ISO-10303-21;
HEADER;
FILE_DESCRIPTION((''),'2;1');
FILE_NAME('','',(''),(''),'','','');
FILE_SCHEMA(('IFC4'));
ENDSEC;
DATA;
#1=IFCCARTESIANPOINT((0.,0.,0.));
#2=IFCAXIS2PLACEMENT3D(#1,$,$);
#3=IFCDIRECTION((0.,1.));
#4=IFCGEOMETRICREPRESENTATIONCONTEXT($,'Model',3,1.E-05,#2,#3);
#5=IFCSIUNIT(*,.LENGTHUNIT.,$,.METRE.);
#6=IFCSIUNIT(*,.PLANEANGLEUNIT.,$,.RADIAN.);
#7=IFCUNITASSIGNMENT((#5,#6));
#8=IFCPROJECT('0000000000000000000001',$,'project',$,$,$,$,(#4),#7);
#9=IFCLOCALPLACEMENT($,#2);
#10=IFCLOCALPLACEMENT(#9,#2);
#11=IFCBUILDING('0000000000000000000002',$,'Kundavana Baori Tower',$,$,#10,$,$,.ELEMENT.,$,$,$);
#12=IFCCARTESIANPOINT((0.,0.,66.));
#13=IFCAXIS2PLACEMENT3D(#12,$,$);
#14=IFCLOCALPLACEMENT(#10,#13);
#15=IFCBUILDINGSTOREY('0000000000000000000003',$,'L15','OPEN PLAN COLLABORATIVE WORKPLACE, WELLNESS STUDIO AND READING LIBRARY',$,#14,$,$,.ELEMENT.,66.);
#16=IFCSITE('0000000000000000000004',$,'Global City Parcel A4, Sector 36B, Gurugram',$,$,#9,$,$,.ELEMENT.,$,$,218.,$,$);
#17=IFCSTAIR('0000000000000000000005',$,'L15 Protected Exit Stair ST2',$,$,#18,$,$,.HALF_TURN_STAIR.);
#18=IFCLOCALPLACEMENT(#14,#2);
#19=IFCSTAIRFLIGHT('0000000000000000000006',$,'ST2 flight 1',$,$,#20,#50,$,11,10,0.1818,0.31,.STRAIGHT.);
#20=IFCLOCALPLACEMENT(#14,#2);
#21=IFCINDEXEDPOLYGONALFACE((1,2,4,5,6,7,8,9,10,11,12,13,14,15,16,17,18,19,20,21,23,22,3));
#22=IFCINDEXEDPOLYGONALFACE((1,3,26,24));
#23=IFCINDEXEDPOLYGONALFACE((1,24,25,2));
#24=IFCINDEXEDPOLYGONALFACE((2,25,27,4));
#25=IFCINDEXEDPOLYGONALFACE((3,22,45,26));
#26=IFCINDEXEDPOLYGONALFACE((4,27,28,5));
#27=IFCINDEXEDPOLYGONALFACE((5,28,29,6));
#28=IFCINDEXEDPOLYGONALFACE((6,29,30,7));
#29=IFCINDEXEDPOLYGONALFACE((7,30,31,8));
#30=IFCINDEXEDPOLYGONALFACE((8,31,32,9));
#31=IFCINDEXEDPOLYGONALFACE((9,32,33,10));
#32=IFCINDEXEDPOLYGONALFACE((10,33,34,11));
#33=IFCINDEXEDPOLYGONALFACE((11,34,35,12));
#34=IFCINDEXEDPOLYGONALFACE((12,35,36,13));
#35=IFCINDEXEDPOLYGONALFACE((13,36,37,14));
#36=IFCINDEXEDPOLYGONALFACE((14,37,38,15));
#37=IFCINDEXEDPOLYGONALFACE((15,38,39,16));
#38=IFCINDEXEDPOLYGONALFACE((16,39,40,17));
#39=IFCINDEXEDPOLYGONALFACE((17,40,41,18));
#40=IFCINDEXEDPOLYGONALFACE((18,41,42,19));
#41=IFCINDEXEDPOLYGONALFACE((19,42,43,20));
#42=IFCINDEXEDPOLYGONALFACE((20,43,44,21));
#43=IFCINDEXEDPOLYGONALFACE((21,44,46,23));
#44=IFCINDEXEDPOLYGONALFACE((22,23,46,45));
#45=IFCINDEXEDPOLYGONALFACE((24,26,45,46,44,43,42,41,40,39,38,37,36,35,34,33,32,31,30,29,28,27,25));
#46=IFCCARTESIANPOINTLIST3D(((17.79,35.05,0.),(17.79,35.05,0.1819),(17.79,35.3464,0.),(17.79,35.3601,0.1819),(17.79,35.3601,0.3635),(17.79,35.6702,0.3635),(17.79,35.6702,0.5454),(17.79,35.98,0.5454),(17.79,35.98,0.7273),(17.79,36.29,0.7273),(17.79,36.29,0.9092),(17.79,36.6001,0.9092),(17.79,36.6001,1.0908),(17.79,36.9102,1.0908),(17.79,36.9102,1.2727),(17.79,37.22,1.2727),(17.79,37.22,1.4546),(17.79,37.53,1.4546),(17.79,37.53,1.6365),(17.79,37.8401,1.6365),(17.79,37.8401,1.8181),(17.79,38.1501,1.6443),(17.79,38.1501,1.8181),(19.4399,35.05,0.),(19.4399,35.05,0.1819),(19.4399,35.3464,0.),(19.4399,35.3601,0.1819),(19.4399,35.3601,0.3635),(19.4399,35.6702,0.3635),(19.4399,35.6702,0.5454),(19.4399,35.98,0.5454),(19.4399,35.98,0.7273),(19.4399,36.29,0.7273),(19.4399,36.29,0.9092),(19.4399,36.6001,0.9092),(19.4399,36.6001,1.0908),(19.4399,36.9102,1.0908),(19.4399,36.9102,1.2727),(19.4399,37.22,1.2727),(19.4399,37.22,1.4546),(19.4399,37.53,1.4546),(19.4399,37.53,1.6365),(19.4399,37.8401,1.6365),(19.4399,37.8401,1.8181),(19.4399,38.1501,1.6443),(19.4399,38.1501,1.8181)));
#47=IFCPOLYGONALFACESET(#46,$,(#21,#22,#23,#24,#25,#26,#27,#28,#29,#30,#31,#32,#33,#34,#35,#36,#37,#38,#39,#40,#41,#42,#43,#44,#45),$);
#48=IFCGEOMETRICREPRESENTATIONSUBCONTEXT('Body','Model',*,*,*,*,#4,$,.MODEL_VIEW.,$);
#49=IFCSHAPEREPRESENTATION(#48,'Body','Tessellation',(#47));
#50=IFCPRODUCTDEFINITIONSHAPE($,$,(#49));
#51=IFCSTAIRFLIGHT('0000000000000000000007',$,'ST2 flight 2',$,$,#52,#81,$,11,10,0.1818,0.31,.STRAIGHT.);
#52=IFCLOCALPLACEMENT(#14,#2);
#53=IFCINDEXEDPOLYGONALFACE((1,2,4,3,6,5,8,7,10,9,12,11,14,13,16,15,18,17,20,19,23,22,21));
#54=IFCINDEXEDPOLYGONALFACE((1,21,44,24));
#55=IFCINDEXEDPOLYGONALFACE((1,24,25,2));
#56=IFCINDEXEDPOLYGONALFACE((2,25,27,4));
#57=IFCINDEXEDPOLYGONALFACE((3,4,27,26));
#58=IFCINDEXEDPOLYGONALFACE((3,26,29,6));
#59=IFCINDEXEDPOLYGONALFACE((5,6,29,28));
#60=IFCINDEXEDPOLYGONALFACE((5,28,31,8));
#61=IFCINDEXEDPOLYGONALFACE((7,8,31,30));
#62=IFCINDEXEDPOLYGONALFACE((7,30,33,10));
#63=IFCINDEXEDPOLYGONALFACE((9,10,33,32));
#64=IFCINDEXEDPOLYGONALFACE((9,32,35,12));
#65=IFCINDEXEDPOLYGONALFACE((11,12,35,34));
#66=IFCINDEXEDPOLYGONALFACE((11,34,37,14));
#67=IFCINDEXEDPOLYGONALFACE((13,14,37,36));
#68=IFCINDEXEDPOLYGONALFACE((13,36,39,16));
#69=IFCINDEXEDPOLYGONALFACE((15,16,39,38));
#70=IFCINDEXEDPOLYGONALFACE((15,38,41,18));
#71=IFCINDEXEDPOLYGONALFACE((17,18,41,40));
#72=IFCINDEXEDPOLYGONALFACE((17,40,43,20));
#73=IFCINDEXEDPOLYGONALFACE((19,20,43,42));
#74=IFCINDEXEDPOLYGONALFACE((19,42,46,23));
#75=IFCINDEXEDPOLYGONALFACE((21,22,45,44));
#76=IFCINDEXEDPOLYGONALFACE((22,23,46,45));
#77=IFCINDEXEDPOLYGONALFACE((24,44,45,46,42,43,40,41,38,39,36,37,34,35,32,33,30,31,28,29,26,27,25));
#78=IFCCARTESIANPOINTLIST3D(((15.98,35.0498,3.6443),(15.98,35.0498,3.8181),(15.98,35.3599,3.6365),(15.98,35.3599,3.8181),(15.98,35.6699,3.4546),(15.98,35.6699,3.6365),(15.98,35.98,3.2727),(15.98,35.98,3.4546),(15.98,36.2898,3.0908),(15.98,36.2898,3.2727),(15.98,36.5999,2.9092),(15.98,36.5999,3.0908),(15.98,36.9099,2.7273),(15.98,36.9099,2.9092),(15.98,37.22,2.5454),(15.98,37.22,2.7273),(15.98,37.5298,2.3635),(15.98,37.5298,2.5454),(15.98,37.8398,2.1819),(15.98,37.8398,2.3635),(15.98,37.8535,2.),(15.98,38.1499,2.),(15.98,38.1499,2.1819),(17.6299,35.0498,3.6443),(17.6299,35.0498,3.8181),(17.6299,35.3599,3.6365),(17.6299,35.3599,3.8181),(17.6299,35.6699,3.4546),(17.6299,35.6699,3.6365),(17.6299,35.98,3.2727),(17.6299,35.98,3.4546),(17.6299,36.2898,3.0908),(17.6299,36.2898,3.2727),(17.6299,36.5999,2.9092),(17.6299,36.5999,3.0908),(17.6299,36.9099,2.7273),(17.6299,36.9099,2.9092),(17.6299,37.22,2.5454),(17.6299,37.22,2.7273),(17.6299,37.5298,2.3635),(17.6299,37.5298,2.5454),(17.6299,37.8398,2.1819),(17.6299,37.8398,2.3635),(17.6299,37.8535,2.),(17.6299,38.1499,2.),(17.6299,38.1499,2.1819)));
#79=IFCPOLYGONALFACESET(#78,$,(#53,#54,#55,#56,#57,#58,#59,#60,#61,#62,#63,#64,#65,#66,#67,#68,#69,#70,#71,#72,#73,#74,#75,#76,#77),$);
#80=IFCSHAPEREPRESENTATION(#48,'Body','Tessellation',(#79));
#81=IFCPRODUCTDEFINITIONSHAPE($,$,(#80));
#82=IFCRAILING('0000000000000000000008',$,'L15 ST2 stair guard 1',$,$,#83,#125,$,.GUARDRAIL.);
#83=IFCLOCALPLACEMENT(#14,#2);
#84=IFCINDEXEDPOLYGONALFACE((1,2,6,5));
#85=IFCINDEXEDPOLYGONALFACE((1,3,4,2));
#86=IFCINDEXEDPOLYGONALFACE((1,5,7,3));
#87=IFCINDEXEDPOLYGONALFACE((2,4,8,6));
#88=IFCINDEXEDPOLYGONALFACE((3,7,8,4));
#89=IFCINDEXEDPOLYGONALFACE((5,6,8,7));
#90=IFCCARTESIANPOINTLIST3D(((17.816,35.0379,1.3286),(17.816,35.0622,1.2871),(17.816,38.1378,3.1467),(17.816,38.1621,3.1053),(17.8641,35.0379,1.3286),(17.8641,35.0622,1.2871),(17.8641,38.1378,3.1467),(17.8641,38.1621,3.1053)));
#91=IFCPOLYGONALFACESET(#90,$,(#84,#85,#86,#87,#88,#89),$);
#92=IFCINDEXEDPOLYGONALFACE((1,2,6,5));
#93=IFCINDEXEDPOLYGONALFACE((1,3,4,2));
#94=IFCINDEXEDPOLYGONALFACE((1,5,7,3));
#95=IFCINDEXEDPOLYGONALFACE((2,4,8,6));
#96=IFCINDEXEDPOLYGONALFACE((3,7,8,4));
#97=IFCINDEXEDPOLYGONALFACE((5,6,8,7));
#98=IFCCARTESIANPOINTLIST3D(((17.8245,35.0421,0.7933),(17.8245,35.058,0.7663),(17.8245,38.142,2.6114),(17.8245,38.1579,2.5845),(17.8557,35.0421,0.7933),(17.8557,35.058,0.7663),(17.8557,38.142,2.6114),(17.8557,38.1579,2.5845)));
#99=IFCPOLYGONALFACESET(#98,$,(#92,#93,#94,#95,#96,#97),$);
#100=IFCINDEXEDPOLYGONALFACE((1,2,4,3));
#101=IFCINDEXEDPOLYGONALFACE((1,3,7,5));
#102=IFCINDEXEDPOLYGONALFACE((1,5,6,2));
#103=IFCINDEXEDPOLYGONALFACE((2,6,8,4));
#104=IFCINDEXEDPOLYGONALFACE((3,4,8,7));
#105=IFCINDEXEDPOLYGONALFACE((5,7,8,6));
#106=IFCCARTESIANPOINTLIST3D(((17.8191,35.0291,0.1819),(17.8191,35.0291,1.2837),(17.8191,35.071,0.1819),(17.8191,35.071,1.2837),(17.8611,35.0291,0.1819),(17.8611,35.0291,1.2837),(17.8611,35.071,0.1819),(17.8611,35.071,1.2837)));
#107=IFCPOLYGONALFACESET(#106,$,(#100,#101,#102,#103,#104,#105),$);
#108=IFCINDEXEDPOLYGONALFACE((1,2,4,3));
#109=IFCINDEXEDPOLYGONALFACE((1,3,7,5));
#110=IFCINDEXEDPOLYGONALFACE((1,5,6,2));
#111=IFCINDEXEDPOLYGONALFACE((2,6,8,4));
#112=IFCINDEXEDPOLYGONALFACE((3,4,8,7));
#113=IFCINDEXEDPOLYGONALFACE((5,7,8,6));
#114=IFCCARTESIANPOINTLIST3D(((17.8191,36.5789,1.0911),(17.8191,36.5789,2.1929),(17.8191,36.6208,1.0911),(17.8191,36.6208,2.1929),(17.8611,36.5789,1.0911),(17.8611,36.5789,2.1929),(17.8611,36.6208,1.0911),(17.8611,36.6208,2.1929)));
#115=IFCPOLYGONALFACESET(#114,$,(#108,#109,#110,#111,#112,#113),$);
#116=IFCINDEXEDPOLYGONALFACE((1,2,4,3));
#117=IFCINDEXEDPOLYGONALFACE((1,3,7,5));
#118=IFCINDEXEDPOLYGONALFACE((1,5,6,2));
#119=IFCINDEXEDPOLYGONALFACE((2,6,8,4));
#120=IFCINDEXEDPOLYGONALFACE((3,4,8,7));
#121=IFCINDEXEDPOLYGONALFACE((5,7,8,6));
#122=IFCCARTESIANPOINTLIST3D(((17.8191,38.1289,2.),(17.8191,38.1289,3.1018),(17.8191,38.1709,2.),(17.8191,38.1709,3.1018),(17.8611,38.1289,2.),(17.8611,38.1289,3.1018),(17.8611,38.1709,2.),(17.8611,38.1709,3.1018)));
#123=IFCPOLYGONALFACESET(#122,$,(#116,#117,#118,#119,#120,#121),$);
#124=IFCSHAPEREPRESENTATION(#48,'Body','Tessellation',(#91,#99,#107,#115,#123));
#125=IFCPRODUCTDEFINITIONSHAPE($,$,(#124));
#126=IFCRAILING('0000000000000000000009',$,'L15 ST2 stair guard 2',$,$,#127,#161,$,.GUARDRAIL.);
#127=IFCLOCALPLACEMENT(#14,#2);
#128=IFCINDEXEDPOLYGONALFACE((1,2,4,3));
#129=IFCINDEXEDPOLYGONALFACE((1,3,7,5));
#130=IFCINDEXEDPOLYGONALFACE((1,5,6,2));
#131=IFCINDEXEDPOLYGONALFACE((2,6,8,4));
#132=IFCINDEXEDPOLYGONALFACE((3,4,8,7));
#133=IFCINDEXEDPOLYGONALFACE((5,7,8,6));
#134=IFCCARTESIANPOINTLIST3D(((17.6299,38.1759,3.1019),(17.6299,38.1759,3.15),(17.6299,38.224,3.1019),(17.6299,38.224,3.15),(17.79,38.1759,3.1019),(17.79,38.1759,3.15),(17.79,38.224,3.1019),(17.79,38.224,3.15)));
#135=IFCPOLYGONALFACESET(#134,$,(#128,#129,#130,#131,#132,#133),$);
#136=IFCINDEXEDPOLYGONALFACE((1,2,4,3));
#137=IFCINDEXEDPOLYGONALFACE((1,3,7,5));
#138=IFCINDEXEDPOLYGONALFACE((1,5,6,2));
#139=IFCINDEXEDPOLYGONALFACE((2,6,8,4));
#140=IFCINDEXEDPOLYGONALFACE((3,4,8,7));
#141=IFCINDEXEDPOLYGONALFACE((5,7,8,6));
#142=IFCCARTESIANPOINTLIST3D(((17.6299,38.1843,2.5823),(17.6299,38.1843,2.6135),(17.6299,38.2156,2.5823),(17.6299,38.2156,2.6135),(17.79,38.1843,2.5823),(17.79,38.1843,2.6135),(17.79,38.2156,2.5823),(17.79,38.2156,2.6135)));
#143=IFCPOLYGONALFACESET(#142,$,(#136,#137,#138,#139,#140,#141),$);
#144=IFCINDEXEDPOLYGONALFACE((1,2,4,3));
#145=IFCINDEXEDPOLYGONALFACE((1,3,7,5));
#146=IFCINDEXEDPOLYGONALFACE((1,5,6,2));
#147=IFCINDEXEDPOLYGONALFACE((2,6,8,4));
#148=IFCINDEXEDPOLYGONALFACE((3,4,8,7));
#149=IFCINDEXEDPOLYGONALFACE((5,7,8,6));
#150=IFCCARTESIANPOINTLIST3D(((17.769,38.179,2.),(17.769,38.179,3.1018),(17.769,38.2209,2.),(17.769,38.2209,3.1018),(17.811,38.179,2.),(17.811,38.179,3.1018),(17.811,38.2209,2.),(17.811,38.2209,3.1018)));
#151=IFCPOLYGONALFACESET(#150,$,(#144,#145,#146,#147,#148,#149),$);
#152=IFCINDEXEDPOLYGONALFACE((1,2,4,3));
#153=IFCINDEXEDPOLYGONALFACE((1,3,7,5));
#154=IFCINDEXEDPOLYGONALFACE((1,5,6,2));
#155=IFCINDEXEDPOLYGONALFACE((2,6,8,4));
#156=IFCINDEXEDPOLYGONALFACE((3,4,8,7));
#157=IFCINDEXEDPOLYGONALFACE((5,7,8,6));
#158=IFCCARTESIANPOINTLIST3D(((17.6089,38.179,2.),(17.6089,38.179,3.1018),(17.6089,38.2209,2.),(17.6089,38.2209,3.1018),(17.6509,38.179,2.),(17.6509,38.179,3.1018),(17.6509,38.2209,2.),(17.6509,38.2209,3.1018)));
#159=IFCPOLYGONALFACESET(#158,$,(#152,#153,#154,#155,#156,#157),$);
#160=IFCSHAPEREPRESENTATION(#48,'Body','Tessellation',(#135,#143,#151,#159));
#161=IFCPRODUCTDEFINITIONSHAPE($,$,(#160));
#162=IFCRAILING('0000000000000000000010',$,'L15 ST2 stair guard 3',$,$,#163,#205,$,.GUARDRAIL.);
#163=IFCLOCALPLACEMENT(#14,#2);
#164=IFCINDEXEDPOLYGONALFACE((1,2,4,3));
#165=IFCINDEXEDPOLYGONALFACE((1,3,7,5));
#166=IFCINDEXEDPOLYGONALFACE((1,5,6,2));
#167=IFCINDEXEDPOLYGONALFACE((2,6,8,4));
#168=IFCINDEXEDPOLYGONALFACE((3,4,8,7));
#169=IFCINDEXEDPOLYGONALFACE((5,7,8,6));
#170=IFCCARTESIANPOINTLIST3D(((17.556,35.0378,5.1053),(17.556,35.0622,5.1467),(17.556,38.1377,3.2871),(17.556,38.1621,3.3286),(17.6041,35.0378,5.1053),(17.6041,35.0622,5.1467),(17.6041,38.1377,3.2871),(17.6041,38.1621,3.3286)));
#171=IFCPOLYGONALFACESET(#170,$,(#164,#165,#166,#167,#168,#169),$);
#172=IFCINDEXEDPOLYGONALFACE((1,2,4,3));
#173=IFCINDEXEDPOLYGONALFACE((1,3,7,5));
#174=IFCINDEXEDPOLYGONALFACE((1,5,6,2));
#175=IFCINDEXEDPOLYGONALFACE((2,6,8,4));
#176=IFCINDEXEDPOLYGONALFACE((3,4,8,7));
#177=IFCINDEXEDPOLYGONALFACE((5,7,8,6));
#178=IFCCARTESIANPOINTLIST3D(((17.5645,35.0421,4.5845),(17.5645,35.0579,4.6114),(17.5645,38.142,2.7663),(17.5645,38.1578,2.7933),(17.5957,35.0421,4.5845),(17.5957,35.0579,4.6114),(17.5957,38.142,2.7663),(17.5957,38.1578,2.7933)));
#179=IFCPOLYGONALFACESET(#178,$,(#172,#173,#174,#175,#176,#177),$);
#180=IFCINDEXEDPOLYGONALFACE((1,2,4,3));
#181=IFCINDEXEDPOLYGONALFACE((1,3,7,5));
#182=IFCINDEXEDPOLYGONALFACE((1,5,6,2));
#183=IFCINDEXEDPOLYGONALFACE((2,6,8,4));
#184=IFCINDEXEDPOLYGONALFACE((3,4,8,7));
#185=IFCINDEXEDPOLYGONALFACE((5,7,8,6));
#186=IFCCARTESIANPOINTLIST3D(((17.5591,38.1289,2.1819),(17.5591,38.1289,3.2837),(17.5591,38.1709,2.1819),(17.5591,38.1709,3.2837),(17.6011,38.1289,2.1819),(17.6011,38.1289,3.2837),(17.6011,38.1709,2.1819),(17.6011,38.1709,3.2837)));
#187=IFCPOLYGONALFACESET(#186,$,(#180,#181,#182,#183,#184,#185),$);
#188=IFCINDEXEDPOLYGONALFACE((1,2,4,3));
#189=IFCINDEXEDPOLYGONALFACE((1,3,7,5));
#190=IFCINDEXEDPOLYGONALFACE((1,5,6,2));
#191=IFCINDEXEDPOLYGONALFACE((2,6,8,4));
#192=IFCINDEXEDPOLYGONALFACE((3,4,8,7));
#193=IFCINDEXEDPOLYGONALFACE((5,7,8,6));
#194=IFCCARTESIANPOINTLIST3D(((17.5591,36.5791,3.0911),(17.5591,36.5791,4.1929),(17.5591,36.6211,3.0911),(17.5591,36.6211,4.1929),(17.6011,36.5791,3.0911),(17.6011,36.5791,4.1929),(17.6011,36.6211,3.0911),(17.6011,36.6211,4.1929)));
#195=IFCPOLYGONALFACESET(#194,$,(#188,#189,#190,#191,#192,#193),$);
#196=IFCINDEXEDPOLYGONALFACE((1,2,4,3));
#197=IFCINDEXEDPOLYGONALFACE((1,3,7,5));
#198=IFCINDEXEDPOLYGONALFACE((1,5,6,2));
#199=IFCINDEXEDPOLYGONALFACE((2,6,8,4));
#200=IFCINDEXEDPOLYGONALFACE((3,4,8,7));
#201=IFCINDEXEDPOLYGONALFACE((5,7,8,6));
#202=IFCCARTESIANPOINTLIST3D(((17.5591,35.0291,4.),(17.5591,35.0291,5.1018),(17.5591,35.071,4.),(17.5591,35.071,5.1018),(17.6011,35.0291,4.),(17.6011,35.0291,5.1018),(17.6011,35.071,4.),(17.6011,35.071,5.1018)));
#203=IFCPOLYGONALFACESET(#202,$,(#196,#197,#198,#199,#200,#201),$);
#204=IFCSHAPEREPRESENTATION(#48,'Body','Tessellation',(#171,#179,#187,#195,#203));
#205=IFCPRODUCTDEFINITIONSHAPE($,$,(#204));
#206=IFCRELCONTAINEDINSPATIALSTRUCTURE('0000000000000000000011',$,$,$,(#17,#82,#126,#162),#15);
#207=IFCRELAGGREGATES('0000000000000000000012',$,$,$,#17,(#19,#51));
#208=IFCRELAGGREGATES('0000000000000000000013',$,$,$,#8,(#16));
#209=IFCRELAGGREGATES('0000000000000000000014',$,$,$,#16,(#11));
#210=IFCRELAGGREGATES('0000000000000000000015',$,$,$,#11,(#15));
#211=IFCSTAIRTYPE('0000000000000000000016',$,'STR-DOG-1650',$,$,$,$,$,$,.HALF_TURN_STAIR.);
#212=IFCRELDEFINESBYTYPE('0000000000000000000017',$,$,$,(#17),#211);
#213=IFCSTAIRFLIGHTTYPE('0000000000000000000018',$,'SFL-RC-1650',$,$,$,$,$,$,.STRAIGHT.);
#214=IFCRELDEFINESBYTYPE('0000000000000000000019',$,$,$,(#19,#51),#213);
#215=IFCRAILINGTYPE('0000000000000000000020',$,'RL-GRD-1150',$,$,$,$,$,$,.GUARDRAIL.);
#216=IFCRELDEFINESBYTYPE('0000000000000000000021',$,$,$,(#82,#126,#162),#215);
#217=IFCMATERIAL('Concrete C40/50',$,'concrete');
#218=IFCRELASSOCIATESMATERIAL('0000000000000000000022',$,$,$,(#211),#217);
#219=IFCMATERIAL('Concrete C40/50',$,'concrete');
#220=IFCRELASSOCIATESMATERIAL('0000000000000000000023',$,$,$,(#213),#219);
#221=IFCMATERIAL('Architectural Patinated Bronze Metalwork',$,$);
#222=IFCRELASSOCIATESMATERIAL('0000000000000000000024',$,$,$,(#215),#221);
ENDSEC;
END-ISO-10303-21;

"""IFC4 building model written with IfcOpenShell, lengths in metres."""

from ifc_helpers import new_model, si_unit, direction, frame, origin, origin_2d, place, context, subcontext, project, spatial, polyline, rectangle, outline, extrude, material, type_object, element, aggregate, save


model = new_model("IFC4")

# Units and contexts
model_context = context("Model", 3, precision=1e-05, world=origin(), true_north=direction((0.0, 1.0)))
body_context = subcontext(model_context, "Body", "Model", "MODEL_VIEW")
ifc_project = project(units=[si_unit("LENGTHUNIT", "METRE"), si_unit("PLANEANGLEUNIT", "RADIAN")], contexts=[model_context])

# Site, building, storey
site_placement = place(None, origin())
site = spatial("IfcSite", under=ifc_project, at=site_placement, Name="Global City Parcel A4, Sector 36B, Gurugram", CompositionType="ELEMENT", RefElevation=218.0)
building_placement = place(site_placement, origin())
building = spatial("IfcBuilding", under=site, at=building_placement, Name="Kundavana Baori Tower", CompositionType="ELEMENT")
storey_placement = place(building_placement, frame((0.0, 0.0, 66.0)))
storey = spatial("IfcBuildingStorey", under=building, at=storey_placement, Name="L15", Description="OPEN PLAN COLLABORATIVE WORKPLACE, WELLNESS STUDIO AND READING LIBRARY", CompositionType="ELEMENT", Elevation=66.0)

# Stair, stair flights
ifc_material_1 = material(Name="Concrete C40/50", Category="concrete")
stair_type = type_object("IfcStairType", Name="STR-DOG-1650", PredefinedType="HALF_TURN_STAIR", material=ifc_material_1)
stair_placement = place(storey_placement, origin())
stair = element("IfcStair", 1, at=stair_placement, inside=storey, type_object=stair_type, Name="L15 Protected Exit Stair ST2", PredefinedType="HALF_TURN_STAIR")
ifc_material_2 = material(Name="Concrete C40/50", Category="concrete")
stair_flight_type = type_object("IfcStairFlightType", Name="SFL-RC-1650", PredefinedType="STRAIGHT", material=ifc_material_2)
stair_flight_1_placement = place(storey_placement, frame((18.615, 35.05, 0.0), z_axis=(0.0, 0.0, 1.0), x_axis=(0.0, 1.0, 0.0)))
stair_flight_1 = element("IfcStairFlight", 2, at=stair_flight_1_placement, type_object=stair_flight_type, Name="ST2 flight 1", NumberOfRisers=11, NumberOfTreads=10, PredefinedType="STRAIGHT", RiserHeight=0.1818, TreadLength=0.31, context=body_context, shape_type="SweptSolid", body=[
    extrude(outline(polyline([(0.0, 0.0), (0.0, 0.1819), (0.3101, 0.1819), (0.3101, 0.3635), (0.6201, 0.3635), (0.6201, 0.5454), (0.9299, 0.5454), (0.9299, 0.7273), (1.24, 0.7273), (1.24, 0.9092), (1.55, 0.9092), (1.55, 1.0908), (1.8601, 1.0908), (1.8601, 1.2727), (2.1699, 1.2727), (2.1699, 1.4546), (2.48, 1.4546), (2.48, 1.6365), (2.79, 1.6365), (2.79, 1.8181), (3.1001, 1.8181), (3.1001, 2.0), (3.1001, 1.6443), (0.2964, 0.0), (0.0, 0.0)])), frame((0.0, 0.825, 0.0), z_axis=(0.0, -1.0, 0.0), x_axis=(1.0, 0.0, 0.0)), (0.0, 0.0, 1.0), 1.6499),
])
stair_flight_2_placement = place(storey_placement, frame((16.8049, 38.1499, 2.0), z_axis=(0.0, 0.0, 1.0), x_axis=(0.0, -1.0, 0.0)))
stair_flight_2 = element("IfcStairFlight", 3, at=stair_flight_2_placement, type_object=stair_flight_type, Name="ST2 flight 2", NumberOfRisers=11, NumberOfTreads=10, PredefinedType="STRAIGHT", RiserHeight=0.1818, TreadLength=0.31, context=body_context, shape_type="SweptSolid", body=[
    extrude(outline(polyline([(0.0, 0.0), (0.0, 0.1819), (0.3101, 0.1819), (0.3101, 0.3635), (0.6201, 0.3635), (0.6201, 0.5454), (0.9299, 0.5454), (0.9299, 0.7273), (1.24, 0.7273), (1.24, 0.9092), (1.55, 0.9092), (1.55, 1.0908), (1.8601, 1.0908), (1.8601, 1.2727), (2.1699, 1.2727), (2.1699, 1.4546), (2.48, 1.4546), (2.48, 1.6365), (2.79, 1.6365), (2.79, 1.8181), (3.1001, 1.8181), (3.1001, 2.0), (3.1001, 1.6443), (0.2964, 0.0), (0.0, 0.0)])), frame((0.0, 0.825, 0.0), z_axis=(0.0, -1.0, 0.0), x_axis=(1.0, 0.0, 0.0)), (0.0, 0.0, 1.0), 1.6499),
])
aggregate(stair, [stair_flight_1, stair_flight_2])

# Railings
ifc_material_3 = material(Name="Architectural Patinated Bronze Metalwork")
railing_type_1 = type_object("IfcRailingType", Name="RL-GRD-1150", PredefinedType="GUARDRAIL", material=ifc_material_3)
railing_1_placement = place(storey_placement, frame((17.8401, 35.05, 0.1819)))
element("IfcRailing", 4, at=railing_1_placement, inside=storey, type_object=railing_type_1, Name="L15 ST2 stair guard 1", PredefinedType="GUARDRAIL", context=body_context, shape_type="SweptSolid", body=[
    extrude(rectangle(XDim=0.0481, YDim=0.0481, at=origin_2d()), frame((0.0, 0.0, 1.126), z_axis=(0.0, 0.862581, 0.505918), x_axis=(-1.0, 0.0, 0.0)), (0.0, 0.0, 1.0), 3.5938),
    extrude(rectangle(XDim=0.0312, YDim=0.0312, at=origin_2d()), frame((0.0, 0.0, 0.5979), z_axis=(0.0, 0.862581, 0.505918), x_axis=(-1.0, 0.0, 0.0)), (0.0, 0.0, 1.0), 3.5938),
    extrude(rectangle(XDim=0.042, YDim=0.042, at=origin_2d()), origin(), (0.0, 0.0, 1.0), 1.1018),
    extrude(rectangle(XDim=0.042, YDim=0.042, at=origin_2d()), frame((0.0, 1.5498, 0.9092)), (0.0, 0.0, 1.0), 1.1018),
    extrude(rectangle(XDim=0.042, YDim=0.042, at=origin_2d()), frame((0.0, 3.0999, 1.8181)), (0.0, 0.0, 1.0), 1.1018),
])
railing_2_placement = place(storey_placement, frame((17.79, 38.2, 2.0)))
element("IfcRailing", 5, at=railing_2_placement, inside=storey, type_object=railing_type_1, Name="L15 ST2 stair guard 2", PredefinedType="GUARDRAIL", context=body_context, shape_type="SweptSolid", body=[
    extrude(rectangle(XDim=0.0481, YDim=0.0481, at=origin_2d()), frame((0.0, 0.0, 1.126), z_axis=(-1.0, 0.0, 0.0), x_axis=(0.0, -1.0, 0.0)), (0.0, 0.0, 1.0), 0.1602),
    extrude(rectangle(XDim=0.0312, YDim=0.0312, at=origin_2d()), frame((0.0, 0.0, 0.5979), z_axis=(-1.0, 0.0, 0.0), x_axis=(0.0, -1.0, 0.0)), (0.0, 0.0, 1.0), 0.1602),
    extrude(rectangle(XDim=0.042, YDim=0.042, at=origin_2d()), origin(), (0.0, 0.0, 1.0), 1.1018),
    extrude(rectangle(XDim=0.042, YDim=0.042, at=origin_2d()), frame((-0.1602, 0.0, 0.0)), (0.0, 0.0, 1.0), 1.1018),
])
railing_3_placement = place(storey_placement, frame((17.5801, 38.1499, 2.1819)))
element("IfcRailing", 6, at=railing_3_placement, inside=storey, type_object=railing_type_1, Name="L15 ST2 stair guard 3", PredefinedType="GUARDRAIL", context=body_context, shape_type="SweptSolid", body=[
    extrude(rectangle(XDim=0.0481, YDim=0.0481, at=origin_2d()), frame((0.0, 0.0, 1.126), z_axis=(0.0, -0.862581, 0.505918), x_axis=(1.0, 0.0, 0.0)), (0.0, 0.0, 1.0), 3.5938),
    extrude(rectangle(XDim=0.0312, YDim=0.0312, at=origin_2d()), frame((0.0, 0.0, 0.5979), z_axis=(0.0, -0.862581, 0.505918), x_axis=(1.0, 0.0, 0.0)), (0.0, 0.0, 1.0), 3.5938),
    extrude(rectangle(XDim=0.042, YDim=0.042, at=origin_2d()), origin(), (0.0, 0.0, 1.0), 1.1018),
    extrude(rectangle(XDim=0.042, YDim=0.042, at=origin_2d()), frame((0.0, -1.5498, 0.9092)), (0.0, 0.0, 1.0), 1.1018),
    extrude(rectangle(XDim=0.042, YDim=0.042, at=origin_2d()), frame((0.0, -3.0999, 1.8181)), (0.0, 0.0, 1.0), 1.1018),
])

save(model, "model.ifc")
